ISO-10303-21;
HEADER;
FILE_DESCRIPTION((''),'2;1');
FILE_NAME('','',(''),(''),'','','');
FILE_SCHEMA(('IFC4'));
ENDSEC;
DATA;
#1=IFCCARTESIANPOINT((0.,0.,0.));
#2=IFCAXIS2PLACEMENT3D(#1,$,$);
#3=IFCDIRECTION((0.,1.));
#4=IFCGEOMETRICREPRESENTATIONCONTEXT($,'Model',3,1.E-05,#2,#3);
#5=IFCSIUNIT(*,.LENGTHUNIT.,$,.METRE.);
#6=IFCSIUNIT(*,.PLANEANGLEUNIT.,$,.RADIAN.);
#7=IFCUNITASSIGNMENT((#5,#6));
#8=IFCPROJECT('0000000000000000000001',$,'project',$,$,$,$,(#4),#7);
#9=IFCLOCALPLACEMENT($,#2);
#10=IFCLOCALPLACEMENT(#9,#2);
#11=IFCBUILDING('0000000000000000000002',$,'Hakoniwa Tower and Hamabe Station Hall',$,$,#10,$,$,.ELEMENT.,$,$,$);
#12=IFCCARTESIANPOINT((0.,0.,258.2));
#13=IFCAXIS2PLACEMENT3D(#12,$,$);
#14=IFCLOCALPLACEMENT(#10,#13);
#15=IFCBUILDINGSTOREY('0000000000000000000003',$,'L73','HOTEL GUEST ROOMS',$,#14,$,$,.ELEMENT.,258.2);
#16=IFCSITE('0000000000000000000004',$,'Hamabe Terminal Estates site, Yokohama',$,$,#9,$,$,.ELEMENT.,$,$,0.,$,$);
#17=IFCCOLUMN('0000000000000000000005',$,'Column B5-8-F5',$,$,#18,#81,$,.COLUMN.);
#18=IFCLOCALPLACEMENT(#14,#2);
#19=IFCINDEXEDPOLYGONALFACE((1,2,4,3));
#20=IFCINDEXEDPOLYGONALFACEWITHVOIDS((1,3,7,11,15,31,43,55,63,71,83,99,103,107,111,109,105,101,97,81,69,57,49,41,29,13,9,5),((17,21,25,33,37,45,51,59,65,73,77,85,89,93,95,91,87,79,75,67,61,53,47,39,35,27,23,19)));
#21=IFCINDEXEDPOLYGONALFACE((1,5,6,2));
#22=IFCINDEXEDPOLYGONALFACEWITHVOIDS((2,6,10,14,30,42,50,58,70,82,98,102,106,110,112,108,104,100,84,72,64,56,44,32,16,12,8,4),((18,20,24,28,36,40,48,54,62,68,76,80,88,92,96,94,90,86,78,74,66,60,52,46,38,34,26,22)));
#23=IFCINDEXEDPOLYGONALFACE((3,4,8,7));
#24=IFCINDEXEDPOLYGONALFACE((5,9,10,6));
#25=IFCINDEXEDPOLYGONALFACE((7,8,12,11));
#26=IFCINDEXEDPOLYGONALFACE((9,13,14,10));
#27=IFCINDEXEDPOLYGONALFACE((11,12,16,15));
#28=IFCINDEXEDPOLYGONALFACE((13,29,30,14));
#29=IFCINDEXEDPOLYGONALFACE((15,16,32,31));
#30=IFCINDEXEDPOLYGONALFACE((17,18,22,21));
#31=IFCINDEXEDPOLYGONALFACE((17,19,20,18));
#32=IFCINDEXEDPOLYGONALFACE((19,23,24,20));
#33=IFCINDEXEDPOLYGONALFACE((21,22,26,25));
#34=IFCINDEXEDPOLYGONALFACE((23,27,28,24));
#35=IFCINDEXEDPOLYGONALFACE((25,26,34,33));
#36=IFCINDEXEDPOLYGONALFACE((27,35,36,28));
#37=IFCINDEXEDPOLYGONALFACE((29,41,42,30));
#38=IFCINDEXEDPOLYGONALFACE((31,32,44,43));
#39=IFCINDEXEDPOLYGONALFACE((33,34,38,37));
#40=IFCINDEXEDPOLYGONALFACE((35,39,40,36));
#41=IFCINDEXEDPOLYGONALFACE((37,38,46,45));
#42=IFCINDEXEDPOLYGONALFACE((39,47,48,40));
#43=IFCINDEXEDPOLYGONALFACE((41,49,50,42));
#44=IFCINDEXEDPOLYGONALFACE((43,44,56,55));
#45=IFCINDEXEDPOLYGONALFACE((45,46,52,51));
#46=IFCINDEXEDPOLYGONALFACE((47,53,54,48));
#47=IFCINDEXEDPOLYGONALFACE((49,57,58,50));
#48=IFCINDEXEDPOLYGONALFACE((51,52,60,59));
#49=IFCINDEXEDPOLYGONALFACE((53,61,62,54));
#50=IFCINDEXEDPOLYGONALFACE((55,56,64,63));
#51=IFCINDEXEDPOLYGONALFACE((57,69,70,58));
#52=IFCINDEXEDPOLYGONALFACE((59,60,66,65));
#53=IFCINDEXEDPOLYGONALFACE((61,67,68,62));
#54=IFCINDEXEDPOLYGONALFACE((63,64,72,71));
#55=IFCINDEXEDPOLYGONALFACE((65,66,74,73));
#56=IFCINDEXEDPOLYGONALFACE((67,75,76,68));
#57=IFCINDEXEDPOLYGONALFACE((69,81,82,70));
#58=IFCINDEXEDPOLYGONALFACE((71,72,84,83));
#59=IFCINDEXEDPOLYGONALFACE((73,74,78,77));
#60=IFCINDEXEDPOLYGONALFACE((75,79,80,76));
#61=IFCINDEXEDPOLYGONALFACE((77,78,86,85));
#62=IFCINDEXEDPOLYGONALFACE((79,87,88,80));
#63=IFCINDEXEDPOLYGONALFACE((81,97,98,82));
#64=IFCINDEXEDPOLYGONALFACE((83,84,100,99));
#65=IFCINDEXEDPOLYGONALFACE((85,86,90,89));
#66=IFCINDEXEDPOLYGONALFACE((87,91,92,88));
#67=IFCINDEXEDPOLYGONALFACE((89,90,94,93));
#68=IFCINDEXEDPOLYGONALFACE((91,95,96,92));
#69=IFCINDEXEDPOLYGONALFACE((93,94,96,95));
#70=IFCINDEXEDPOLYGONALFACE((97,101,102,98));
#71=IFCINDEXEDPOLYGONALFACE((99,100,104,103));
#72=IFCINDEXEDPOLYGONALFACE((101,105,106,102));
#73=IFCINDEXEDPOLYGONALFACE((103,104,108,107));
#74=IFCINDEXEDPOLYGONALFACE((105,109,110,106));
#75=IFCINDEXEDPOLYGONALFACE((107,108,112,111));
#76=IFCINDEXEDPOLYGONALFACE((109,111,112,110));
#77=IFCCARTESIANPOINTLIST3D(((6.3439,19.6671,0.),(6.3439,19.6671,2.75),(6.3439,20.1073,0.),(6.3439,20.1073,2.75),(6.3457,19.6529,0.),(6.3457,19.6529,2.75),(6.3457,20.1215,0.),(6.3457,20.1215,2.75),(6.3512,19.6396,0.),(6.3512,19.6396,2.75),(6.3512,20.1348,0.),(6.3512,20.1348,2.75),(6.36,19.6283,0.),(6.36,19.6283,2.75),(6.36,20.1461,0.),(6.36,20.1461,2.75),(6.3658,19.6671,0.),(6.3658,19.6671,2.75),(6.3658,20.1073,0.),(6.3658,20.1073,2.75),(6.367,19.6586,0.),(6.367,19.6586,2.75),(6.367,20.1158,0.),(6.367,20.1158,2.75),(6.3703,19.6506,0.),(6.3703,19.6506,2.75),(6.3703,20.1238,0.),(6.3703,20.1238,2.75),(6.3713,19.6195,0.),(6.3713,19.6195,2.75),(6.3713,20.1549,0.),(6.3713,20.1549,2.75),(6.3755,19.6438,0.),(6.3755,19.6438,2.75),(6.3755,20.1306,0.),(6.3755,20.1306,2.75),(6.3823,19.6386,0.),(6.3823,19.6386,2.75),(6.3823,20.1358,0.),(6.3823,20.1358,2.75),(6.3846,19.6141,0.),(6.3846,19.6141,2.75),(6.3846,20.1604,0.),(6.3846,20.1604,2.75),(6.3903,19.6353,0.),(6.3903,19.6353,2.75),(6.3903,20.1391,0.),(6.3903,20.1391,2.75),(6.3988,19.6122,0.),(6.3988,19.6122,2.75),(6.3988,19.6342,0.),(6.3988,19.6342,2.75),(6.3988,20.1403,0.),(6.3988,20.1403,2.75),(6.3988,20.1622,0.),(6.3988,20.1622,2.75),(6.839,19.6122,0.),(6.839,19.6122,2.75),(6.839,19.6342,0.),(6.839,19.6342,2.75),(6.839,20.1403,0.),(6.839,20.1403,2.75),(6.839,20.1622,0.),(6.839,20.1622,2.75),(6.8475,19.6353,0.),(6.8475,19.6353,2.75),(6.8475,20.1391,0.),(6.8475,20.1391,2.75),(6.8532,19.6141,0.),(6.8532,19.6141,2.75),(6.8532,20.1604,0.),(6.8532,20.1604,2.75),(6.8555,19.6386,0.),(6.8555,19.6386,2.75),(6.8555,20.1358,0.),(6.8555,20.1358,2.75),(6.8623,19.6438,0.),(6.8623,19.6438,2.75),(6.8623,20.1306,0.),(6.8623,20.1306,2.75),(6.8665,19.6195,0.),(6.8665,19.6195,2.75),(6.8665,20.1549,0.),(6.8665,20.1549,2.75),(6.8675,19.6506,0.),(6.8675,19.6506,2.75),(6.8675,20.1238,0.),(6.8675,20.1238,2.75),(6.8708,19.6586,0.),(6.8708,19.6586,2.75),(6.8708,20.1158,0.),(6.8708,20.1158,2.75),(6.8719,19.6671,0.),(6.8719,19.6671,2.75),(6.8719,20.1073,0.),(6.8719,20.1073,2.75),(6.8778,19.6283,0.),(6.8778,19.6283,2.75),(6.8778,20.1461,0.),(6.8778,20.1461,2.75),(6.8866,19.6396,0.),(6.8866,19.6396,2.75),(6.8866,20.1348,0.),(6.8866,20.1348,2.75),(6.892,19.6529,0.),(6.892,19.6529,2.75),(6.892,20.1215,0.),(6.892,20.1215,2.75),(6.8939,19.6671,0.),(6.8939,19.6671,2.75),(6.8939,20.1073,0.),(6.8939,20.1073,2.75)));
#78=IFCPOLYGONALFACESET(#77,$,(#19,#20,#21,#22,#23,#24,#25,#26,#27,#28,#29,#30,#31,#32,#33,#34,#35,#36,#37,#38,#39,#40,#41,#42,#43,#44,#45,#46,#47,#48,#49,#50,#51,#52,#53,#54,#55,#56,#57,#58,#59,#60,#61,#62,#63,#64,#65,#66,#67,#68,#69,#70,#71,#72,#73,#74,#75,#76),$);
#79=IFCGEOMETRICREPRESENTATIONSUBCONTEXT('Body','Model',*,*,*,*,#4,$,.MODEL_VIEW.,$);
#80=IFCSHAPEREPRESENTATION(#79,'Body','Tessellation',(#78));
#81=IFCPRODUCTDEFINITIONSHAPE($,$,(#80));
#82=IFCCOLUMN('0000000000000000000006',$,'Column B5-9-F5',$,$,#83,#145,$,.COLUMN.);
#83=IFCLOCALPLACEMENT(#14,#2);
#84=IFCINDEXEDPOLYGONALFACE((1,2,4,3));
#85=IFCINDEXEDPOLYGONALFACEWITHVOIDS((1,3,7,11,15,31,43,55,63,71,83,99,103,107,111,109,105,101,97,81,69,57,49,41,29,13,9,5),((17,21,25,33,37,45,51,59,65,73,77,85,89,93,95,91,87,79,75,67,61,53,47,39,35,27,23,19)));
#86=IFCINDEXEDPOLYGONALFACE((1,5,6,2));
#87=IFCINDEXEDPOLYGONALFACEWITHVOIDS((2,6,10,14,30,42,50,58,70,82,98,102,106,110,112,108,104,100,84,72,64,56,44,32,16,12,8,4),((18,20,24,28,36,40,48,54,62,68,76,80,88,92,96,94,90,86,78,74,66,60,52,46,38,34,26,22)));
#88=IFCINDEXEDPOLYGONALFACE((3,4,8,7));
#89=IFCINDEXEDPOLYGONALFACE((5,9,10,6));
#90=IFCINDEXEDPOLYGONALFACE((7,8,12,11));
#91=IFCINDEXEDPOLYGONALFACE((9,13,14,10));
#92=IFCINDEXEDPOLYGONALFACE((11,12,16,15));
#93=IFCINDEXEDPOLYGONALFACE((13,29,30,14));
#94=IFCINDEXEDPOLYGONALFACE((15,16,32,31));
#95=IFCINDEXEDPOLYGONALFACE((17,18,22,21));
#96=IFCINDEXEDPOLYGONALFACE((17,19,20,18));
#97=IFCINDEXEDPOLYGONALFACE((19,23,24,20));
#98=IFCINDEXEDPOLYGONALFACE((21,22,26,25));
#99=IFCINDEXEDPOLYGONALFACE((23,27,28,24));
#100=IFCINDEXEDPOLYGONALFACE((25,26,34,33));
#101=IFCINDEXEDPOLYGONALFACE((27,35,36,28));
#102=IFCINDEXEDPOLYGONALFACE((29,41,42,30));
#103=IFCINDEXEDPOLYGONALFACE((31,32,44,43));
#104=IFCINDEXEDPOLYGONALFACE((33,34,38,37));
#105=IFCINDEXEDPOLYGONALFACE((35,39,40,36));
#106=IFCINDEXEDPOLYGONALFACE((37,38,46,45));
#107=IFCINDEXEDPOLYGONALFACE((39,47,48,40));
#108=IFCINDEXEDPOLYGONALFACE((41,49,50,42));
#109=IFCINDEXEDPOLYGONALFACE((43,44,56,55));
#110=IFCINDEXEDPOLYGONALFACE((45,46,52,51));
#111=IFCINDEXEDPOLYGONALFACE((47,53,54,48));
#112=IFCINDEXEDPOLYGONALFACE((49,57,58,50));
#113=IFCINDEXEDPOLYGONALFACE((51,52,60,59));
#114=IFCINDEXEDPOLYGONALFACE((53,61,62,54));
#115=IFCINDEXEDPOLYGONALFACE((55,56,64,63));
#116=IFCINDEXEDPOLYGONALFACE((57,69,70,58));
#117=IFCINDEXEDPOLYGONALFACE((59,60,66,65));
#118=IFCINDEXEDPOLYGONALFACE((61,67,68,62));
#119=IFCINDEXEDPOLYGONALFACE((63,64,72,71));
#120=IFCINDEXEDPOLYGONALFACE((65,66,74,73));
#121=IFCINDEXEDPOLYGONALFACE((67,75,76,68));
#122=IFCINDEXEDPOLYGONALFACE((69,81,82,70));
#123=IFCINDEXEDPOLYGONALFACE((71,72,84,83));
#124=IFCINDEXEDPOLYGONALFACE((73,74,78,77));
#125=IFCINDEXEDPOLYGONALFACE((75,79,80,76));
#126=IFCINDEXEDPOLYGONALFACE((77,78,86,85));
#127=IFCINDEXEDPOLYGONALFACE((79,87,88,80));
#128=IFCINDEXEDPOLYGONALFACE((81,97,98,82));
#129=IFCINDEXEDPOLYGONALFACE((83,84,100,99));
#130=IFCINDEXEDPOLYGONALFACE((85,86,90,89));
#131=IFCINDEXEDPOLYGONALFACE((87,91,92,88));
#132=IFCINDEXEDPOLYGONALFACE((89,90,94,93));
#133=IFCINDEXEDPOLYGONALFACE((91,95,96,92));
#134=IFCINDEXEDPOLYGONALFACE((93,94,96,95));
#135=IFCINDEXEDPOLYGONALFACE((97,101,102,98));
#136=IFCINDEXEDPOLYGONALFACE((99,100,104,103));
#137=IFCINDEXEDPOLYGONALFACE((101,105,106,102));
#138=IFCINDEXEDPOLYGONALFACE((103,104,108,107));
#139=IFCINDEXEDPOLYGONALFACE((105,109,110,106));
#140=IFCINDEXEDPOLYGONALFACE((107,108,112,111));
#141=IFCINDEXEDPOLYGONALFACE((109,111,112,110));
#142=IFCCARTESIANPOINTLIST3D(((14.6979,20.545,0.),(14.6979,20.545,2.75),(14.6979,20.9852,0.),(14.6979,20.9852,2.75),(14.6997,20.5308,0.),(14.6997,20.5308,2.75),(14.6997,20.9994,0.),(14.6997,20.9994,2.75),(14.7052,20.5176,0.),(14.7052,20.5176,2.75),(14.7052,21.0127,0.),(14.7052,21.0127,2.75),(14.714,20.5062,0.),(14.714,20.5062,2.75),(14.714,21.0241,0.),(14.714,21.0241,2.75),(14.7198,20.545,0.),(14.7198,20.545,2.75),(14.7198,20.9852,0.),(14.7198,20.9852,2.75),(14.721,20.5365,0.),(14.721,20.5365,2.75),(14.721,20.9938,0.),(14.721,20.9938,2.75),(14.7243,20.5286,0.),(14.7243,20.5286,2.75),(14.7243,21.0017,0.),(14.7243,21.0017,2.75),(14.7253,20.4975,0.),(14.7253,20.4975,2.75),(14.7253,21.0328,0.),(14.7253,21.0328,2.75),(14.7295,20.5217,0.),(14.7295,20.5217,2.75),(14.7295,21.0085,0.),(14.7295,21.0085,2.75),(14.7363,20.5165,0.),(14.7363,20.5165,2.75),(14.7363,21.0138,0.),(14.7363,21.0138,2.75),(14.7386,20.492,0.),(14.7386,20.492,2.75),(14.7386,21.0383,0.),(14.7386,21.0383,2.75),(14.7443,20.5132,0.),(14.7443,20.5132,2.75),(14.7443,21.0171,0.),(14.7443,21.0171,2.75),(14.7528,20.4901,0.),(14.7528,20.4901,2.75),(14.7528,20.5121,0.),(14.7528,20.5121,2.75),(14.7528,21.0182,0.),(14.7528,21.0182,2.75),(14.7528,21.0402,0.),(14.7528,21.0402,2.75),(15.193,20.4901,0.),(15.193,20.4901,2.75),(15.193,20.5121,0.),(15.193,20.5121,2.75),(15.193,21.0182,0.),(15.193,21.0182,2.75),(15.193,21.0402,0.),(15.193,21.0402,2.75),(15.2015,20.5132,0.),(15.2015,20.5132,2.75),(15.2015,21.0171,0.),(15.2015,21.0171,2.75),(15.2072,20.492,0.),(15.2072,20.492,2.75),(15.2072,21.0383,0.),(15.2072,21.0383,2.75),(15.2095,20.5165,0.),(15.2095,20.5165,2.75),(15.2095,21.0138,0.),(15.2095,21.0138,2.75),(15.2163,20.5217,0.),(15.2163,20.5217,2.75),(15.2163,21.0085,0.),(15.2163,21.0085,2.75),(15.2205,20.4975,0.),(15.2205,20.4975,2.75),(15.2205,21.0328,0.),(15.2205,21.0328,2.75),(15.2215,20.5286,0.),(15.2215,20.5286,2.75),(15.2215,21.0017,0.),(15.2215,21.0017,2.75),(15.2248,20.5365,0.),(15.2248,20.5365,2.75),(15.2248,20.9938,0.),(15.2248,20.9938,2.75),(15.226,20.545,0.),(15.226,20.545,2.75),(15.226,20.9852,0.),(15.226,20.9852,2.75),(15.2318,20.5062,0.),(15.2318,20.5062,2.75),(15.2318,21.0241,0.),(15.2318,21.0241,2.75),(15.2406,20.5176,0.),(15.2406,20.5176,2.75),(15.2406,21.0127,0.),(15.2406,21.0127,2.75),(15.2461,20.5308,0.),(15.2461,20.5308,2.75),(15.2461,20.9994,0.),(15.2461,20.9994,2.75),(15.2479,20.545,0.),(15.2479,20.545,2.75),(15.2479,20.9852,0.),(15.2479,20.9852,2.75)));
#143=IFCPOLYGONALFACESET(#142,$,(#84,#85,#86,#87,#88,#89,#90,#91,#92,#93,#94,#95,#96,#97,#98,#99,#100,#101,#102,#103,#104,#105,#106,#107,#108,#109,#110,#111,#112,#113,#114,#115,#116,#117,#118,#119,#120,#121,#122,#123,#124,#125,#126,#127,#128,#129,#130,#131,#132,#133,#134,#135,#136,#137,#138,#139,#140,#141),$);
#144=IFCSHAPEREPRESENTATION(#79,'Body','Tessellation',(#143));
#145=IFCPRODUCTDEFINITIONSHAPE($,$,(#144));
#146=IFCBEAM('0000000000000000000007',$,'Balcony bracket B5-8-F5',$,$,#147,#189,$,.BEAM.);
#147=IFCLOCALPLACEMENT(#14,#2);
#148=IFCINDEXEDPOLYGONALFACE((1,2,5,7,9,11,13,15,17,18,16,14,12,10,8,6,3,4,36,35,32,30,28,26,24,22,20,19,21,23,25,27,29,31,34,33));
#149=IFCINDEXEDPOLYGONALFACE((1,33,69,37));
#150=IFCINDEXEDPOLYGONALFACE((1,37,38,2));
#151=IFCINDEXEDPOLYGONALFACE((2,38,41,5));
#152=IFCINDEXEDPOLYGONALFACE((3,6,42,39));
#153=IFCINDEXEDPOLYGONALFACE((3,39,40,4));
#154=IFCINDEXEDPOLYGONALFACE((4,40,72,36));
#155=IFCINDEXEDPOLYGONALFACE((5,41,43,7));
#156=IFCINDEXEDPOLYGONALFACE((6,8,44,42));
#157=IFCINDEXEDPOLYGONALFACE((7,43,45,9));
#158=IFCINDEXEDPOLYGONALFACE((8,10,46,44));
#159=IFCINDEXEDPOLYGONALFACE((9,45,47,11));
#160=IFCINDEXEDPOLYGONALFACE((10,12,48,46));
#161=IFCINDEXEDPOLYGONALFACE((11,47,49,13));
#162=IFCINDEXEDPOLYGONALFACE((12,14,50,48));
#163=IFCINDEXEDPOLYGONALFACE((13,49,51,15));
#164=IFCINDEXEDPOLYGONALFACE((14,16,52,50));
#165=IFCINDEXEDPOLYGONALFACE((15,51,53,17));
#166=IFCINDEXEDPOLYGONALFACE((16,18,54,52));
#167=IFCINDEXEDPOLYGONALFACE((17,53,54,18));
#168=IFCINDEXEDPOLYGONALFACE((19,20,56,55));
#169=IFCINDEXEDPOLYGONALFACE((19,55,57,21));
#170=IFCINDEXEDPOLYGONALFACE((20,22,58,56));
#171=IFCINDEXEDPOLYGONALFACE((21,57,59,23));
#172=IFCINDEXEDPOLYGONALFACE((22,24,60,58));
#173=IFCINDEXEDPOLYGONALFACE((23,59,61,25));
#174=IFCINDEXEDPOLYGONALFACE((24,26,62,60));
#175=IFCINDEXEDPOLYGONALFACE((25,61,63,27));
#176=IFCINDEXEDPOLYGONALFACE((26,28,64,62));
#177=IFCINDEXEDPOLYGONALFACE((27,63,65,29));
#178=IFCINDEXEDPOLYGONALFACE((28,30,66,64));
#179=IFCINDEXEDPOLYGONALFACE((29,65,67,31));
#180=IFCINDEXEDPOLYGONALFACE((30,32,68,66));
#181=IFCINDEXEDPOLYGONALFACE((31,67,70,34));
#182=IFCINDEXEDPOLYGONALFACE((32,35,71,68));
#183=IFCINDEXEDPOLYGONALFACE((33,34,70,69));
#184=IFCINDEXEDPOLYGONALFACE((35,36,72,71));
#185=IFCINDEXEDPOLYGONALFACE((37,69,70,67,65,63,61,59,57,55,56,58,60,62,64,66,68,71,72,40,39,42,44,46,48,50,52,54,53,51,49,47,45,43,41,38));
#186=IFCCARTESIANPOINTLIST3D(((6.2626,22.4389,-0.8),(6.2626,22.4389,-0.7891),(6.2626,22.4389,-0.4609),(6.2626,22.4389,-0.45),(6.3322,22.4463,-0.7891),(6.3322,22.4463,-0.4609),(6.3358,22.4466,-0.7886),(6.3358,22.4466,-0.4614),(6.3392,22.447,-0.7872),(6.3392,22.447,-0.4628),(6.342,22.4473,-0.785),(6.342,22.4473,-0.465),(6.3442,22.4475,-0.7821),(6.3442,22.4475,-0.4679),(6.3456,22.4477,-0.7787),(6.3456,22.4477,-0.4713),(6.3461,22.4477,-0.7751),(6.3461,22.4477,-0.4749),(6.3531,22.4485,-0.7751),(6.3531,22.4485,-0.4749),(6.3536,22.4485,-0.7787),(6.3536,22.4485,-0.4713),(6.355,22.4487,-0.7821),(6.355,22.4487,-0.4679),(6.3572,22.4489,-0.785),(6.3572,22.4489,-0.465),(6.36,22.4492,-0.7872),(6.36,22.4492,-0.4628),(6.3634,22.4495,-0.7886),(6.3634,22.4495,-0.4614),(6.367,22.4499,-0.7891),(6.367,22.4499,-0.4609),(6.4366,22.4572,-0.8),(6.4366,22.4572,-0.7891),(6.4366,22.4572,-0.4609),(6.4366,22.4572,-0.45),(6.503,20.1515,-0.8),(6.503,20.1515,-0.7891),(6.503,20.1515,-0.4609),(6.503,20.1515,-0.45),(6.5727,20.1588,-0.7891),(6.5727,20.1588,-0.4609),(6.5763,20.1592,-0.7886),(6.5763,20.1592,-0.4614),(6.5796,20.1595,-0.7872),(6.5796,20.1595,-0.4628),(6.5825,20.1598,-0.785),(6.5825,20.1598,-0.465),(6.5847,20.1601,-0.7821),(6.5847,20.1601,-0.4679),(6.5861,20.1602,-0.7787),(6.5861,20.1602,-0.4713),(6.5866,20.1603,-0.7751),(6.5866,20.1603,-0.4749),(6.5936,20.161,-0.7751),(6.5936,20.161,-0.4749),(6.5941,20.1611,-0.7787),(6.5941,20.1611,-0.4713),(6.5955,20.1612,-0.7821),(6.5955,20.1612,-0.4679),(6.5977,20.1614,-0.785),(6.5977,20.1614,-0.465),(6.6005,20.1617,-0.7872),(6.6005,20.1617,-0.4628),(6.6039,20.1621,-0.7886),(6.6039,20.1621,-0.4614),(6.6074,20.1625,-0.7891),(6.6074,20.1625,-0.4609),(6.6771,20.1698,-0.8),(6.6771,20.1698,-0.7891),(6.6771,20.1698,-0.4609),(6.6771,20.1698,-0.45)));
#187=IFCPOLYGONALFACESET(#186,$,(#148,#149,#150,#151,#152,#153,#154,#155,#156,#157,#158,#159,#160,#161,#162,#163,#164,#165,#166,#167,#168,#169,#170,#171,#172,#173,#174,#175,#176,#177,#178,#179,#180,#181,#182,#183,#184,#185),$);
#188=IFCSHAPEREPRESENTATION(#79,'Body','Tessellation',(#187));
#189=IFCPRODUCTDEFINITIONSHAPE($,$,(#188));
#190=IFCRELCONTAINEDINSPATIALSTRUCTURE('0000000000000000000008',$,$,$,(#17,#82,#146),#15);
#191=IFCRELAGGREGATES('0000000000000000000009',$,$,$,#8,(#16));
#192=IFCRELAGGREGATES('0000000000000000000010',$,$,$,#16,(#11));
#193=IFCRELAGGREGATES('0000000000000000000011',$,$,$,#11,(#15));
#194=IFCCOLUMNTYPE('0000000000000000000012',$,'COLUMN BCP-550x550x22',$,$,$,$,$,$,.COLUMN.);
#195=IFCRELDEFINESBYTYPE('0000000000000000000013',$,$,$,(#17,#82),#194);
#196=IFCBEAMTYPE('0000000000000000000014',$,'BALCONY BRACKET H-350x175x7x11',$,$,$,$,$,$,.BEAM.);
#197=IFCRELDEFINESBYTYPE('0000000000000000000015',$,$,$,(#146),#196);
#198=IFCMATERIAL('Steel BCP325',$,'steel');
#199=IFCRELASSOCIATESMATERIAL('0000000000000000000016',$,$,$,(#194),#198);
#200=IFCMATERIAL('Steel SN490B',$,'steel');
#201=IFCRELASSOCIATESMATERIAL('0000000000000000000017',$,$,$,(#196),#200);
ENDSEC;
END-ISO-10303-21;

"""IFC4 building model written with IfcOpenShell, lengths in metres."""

from ifc_helpers import new_model, si_unit, direction, frame, origin, origin_2d, place, context, subcontext, project, spatial, hollow_rectangle, i_section, extrude, material, material_profile, profile_set, type_object, element, save


model = new_model("IFC4")

# Units and contexts
model_context = context("Model", 3, precision=1e-05, world=origin(), true_north=direction((0.0, 1.0)))
body_context = subcontext(model_context, "Body", "Model", "MODEL_VIEW")
ifc_project = project(units=[si_unit("LENGTHUNIT", "METRE"), si_unit("PLANEANGLEUNIT", "RADIAN")], contexts=[model_context])

# Site, building, storey
site_placement = place(None, origin())
site = spatial("IfcSite", under=ifc_project, at=site_placement, Name="Hamabe Terminal Estates site, Yokohama", CompositionType="ELEMENT", RefElevation=0.0)
building_placement = place(site_placement, origin())
building = spatial("IfcBuilding", under=site, at=building_placement, Name="Hakoniwa Tower and Hamabe Station Hall", CompositionType="ELEMENT")
storey_placement = place(building_placement, frame((0.0, 0.0, 258.2)))
storey = spatial("IfcBuildingStorey", under=building, at=storey_placement, Name="L73", Description="HOTEL GUEST ROOMS", CompositionType="ELEMENT", Elevation=258.2)

# Columns
ifc_material_1 = material(Name="Steel BCP325", Category="steel")
ifc_material_profile_1 = material_profile(ifc_material_1, hollow_rectangle(XDim=0.55, YDim=0.55, WallThickness=0.022, InnerFilletRadius=0.033, OuterFilletRadius=0.0549, at=origin_2d()), Name="BCP-550x550x22")
ifc_profile_set_1 = profile_set([ifc_material_profile_1], Name="Steel BCP325")
column_type = type_object("IfcColumnType", Name="COLUMN BCP-550x550x22", PredefinedType="COLUMN", material=ifc_profile_set_1)
for number, where, z_axis, x_axis, name in (
    (1, (6.6189, 19.8872, 0.0), (0.0, 0.0, 1.0), (1.0, 0.0, 0.0), "Column B5-8-F5"),
    (2, (14.9729, 20.7651, 0.0), (0.0, 0.0, 1.0), (1.0, 0.0, 0.0), "Column B5-9-F5"),
):
    element("IfcColumn", number, at=place(storey_placement, frame(where, z_axis=z_axis, x_axis=x_axis)), inside=storey, type_object=column_type, Name=name, PredefinedType="COLUMN", context=body_context, shape_type="SweptSolid", body=[
        extrude(hollow_rectangle(XDim=0.55, YDim=0.55, WallThickness=0.022, InnerFilletRadius=0.033, OuterFilletRadius=0.0549, at=origin_2d()), origin(), (0.0, 0.0, 1.0), 2.75),
    ])

# Beam
ifc_material_2 = material(Name="Steel SN490B", Category="steel")
ifc_material_profile_2 = material_profile(ifc_material_2, i_section(OverallWidth=0.175, OverallDepth=0.3501, WebThickness=0.0071, FlangeThickness=0.011, FilletRadius=0.0139, at=origin_2d()), Name="H-350x175x7x11")
ifc_profile_set_2 = profile_set([ifc_material_profile_2], Name="Steel SN490B")
beam_type_1 = type_object("IfcBeamType", Name="BALCONY BRACKET H-350x175x7x11", PredefinedType="BEAM", material=ifc_profile_set_2)
for number, where, z_axis, x_axis, name in (
    (3, (6.5901, 20.1606, -0.625), (-0.104558, 0.994519, 0.0), (-0.994519, -0.104558, 0.0), "Balcony bracket B5-8-F5"),
):
    element("IfcBeam", number, at=place(storey_placement, frame(where, z_axis=z_axis, x_axis=x_axis)), inside=storey, type_object=beam_type_1, Name=name, PredefinedType="BEAM", context=body_context, shape_type="SweptSolid", body=[
        extrude(i_section(OverallWidth=0.175, OverallDepth=0.3501, WebThickness=0.0071, FlangeThickness=0.011, FilletRadius=0.0139, at=origin_2d()), origin(), (0.0, 0.0, 1.0), 2.3),
    ])

save(model, "model.ifc")
